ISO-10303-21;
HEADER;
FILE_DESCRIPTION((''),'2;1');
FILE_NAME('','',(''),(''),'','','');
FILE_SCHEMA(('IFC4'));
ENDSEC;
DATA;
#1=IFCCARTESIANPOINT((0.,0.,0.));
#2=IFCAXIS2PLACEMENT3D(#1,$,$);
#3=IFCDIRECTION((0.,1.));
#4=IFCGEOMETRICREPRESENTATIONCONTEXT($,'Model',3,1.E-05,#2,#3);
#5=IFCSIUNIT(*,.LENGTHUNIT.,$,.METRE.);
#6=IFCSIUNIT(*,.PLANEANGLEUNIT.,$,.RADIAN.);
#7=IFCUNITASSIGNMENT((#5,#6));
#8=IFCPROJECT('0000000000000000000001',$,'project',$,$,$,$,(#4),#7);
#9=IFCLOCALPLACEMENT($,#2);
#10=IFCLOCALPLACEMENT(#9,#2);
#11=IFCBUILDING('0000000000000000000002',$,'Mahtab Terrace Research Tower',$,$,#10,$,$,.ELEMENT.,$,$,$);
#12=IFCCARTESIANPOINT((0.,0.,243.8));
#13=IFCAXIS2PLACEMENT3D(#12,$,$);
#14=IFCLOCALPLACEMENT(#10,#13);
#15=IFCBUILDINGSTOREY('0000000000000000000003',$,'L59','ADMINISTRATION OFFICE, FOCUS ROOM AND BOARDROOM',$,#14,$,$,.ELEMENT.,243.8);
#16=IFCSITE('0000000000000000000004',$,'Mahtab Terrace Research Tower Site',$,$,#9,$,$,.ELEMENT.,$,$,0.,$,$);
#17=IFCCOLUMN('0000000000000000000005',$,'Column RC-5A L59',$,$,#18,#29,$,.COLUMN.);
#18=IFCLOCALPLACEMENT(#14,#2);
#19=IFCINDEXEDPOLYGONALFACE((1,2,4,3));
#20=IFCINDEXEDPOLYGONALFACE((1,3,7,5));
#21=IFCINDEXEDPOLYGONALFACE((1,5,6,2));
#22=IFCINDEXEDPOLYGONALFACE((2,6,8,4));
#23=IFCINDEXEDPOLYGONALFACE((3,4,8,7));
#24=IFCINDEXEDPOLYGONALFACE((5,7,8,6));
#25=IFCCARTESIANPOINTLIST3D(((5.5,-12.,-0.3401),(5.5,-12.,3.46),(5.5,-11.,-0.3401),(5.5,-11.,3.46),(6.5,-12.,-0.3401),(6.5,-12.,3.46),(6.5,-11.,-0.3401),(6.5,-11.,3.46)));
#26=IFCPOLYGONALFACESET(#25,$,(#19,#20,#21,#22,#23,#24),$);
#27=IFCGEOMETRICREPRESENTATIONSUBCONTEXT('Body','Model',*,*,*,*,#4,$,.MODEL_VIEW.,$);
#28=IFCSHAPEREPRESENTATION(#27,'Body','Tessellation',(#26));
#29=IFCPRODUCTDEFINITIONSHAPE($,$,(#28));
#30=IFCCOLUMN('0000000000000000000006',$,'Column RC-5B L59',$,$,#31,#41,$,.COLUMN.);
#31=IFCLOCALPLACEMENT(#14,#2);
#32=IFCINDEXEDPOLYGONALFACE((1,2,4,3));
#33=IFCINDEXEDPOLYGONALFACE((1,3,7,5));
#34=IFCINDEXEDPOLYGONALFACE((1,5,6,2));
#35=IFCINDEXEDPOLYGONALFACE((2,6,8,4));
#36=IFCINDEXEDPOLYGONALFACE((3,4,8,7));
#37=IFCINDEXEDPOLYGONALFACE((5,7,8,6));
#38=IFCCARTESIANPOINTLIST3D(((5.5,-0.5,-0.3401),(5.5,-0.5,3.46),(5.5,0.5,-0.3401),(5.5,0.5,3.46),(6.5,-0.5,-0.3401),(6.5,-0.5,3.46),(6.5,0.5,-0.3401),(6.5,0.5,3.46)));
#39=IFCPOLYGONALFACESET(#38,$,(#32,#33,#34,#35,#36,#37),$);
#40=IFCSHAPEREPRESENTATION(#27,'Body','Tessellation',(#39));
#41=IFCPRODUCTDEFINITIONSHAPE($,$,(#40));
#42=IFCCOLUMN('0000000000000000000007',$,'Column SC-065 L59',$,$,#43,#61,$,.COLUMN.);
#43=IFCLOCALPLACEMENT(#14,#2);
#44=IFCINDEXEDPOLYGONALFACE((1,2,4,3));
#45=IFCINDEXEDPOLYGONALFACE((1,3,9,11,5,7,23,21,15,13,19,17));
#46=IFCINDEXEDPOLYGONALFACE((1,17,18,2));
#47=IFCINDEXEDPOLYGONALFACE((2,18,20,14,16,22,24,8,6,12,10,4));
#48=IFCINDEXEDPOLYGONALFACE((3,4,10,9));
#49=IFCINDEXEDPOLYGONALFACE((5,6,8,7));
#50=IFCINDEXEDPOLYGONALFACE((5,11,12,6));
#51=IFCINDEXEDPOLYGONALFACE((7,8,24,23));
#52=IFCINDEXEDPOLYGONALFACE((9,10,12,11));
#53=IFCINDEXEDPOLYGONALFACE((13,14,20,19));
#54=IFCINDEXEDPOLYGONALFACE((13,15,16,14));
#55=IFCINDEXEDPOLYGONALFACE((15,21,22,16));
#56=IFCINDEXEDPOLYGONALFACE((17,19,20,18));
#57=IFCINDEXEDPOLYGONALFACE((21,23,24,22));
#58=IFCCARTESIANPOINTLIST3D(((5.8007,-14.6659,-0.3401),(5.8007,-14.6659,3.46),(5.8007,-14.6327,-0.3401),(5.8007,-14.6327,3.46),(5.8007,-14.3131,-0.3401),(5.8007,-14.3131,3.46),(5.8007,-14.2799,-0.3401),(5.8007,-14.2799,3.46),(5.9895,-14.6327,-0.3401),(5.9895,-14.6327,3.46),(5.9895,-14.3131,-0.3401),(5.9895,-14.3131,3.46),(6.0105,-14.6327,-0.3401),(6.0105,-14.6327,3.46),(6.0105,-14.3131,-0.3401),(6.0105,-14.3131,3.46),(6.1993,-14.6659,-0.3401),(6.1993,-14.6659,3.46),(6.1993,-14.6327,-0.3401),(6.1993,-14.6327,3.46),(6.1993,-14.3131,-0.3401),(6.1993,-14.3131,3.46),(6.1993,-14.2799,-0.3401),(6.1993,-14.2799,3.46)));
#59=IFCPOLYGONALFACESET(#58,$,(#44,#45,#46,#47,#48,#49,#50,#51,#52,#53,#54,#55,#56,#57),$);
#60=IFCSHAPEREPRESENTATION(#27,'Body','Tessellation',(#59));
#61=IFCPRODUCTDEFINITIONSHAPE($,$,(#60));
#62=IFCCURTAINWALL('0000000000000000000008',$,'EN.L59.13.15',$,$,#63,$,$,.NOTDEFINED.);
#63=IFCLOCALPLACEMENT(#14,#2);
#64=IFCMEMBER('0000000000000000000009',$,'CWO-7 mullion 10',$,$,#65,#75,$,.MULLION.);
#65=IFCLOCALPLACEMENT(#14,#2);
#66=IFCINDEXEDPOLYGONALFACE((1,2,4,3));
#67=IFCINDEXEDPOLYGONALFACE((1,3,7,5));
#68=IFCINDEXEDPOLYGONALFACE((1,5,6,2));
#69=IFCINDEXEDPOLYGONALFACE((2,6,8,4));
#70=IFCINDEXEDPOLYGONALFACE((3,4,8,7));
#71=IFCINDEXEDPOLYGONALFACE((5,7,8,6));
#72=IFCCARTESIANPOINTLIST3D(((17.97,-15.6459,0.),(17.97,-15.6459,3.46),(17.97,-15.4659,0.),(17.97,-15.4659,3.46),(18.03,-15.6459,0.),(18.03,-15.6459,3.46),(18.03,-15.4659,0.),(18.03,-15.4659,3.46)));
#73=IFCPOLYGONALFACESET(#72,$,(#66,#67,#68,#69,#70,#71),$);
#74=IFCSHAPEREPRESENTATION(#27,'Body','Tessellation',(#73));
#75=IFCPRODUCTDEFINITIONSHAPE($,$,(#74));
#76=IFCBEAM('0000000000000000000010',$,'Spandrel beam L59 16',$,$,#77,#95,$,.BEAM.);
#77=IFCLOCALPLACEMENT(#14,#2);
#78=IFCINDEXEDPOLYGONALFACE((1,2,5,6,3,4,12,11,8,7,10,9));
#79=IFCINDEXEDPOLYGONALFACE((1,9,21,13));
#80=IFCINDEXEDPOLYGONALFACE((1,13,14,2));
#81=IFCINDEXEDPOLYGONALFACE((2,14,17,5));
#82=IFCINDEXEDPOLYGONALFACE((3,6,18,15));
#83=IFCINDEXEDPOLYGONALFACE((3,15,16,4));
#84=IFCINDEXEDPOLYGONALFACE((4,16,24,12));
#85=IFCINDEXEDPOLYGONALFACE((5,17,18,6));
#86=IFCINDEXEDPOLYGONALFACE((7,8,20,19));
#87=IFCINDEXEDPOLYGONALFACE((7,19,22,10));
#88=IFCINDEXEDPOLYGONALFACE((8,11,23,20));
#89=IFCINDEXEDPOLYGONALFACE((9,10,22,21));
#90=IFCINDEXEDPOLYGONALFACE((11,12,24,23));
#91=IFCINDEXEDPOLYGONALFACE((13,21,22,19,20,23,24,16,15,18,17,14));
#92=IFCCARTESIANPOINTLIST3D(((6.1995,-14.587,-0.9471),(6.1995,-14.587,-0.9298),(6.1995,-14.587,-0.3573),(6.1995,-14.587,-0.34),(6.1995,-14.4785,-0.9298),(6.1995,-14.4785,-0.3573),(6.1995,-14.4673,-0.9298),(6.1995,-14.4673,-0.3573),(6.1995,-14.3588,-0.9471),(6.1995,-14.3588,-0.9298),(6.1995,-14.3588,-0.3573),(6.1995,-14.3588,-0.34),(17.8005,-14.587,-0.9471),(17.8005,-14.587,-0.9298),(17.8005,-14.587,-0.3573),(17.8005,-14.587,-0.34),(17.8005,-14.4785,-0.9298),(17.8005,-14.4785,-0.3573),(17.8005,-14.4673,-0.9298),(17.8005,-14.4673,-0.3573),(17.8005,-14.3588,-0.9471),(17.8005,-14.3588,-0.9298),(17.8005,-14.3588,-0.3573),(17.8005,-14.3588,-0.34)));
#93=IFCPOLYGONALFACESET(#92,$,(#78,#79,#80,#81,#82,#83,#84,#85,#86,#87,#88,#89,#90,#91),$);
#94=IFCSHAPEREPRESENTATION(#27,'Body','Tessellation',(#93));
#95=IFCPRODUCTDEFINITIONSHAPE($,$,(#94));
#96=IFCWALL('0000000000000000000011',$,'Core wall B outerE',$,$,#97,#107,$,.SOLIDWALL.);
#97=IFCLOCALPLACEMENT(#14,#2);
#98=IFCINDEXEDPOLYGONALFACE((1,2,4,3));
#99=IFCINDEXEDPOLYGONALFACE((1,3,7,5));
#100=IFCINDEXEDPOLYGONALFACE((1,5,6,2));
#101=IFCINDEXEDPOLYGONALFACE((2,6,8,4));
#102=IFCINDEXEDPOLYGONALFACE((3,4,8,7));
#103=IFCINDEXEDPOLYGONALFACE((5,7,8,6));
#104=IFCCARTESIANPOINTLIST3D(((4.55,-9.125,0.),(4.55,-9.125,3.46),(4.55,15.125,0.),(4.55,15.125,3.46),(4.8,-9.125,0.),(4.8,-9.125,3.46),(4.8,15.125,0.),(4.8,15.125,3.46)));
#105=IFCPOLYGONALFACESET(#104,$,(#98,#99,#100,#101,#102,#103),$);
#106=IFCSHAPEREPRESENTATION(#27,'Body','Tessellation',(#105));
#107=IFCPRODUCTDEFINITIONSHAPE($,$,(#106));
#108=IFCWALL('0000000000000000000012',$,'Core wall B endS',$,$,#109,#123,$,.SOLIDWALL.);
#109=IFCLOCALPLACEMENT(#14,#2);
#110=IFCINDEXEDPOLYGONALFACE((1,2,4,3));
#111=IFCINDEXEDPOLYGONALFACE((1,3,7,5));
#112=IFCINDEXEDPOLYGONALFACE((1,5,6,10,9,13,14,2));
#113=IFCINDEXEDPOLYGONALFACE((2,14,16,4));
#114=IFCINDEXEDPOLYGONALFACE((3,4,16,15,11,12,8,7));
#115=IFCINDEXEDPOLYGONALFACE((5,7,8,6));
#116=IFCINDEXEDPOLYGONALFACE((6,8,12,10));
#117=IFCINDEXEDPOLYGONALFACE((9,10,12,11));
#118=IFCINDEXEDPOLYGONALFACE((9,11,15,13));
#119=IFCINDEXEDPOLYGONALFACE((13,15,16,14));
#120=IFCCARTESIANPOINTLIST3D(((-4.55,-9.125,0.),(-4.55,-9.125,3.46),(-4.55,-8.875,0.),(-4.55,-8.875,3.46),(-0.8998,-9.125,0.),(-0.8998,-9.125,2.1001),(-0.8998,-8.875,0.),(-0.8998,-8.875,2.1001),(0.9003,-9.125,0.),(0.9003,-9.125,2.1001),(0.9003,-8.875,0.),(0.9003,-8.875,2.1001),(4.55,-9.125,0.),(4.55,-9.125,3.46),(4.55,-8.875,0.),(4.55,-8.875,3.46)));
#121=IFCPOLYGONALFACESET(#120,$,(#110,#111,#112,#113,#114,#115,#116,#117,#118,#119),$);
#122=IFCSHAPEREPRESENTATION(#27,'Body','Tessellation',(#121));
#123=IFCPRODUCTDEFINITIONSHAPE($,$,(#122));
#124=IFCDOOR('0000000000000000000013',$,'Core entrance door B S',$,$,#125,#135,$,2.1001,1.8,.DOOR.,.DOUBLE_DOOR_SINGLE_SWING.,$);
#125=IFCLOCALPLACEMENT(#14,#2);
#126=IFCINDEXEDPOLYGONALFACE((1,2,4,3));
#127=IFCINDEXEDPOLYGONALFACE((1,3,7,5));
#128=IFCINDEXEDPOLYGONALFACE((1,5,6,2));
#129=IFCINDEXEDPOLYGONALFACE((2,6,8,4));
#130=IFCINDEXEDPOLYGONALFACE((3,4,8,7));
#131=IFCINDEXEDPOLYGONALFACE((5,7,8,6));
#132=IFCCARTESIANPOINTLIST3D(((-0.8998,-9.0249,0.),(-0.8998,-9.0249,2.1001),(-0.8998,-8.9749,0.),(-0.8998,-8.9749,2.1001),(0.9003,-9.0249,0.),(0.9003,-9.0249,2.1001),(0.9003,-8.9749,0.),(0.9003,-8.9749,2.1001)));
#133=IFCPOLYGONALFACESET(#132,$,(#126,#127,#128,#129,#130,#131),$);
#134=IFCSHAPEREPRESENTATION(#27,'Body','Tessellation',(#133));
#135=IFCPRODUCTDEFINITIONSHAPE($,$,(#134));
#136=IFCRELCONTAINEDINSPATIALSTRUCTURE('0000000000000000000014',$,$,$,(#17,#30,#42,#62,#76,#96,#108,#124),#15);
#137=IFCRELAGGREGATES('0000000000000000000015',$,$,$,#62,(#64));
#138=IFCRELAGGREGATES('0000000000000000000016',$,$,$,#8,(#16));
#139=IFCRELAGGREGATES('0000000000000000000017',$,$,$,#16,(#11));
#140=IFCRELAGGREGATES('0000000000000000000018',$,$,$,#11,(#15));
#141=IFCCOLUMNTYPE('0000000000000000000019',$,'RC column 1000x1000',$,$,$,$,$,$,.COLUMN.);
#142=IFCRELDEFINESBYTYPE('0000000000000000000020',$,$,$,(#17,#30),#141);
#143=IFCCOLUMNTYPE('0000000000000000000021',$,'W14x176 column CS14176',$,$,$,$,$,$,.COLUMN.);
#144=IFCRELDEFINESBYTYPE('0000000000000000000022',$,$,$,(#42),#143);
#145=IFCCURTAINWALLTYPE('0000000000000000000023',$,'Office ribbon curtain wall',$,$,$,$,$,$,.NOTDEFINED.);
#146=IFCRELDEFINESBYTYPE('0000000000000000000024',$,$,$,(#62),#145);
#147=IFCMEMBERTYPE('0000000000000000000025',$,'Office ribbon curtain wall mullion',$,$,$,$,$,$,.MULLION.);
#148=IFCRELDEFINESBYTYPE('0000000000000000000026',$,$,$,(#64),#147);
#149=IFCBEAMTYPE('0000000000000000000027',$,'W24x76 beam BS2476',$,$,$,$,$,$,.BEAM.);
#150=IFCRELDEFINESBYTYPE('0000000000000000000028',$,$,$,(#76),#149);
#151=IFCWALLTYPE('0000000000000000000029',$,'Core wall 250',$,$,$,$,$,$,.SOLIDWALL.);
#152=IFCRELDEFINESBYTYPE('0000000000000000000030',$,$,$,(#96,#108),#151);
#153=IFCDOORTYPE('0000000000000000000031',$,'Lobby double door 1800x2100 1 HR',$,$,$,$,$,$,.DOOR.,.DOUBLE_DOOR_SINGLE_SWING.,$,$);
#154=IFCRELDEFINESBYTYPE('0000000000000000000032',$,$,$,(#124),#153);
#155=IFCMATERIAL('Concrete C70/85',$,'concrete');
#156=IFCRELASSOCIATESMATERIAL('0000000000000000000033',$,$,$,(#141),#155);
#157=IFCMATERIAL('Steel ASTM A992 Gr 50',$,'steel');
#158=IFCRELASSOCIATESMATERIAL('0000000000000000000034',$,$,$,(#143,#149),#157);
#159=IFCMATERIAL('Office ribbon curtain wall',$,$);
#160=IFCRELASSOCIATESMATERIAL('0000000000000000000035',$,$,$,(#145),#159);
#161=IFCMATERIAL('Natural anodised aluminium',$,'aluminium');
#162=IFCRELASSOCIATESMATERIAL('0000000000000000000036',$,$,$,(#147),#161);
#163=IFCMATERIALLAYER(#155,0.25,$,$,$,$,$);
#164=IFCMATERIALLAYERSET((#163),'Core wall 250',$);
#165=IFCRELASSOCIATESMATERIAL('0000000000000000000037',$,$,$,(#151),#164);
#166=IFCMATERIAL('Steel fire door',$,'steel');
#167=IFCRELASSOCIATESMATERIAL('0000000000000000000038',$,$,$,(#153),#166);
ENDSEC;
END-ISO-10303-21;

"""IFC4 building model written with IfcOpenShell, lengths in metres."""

from ifc_helpers import new_model, si_unit, direction, frame, frame_2d, origin, origin_2d, place, context, subcontext, project, spatial, rectangle, i_section, extrude, material, layer, layer_set, material_profile, profile_set, type_object, element, fill, aggregate, save


model = new_model("IFC4")

# Units and contexts
model_context = context("Model", 3, precision=1e-05, world=origin(), true_north=direction((0.0, 1.0)))
body_context = subcontext(model_context, "Body", "Model", "MODEL_VIEW")
ifc_project = project(units=[si_unit("LENGTHUNIT", "METRE"), si_unit("PLANEANGLEUNIT", "RADIAN")], contexts=[model_context])

# Site, building, storey
site_placement = place(None, origin())
site = spatial("IfcSite", under=ifc_project, at=site_placement, Name="Mahtab Terrace Research Tower Site", CompositionType="ELEMENT", RefElevation=0.0)
building_placement = place(site_placement, origin())
building = spatial("IfcBuilding", under=site, at=building_placement, Name="Mahtab Terrace Research Tower", CompositionType="ELEMENT")
storey_placement = place(building_placement, frame((0.0, 0.0, 243.8)))
storey = spatial("IfcBuildingStorey", under=building, at=storey_placement, Name="L59", Description="ADMINISTRATION OFFICE, FOCUS ROOM AND BOARDROOM", CompositionType="ELEMENT", Elevation=243.8)

# Columns
ifc_material_1 = material(Name="Concrete C70/85", Category="concrete")
ifc_material_profile_1 = material_profile(ifc_material_1, rectangle(XDim=1.0, YDim=1.0, at=origin_2d()), Name="RC column 1000x1000")
ifc_profile_set_1 = profile_set([ifc_material_profile_1], Name="Concrete C70/85")
column_type_1 = type_object("IfcColumnType", Name="RC column 1000x1000", PredefinedType="COLUMN", material=ifc_profile_set_1)
for number, where, z_axis, x_axis, name in (
    (1, (6.0, -11.5, -0.3401), (0.0, 0.0, 1.0), (1.0, 0.0, 0.0), "Column RC-5A L59"),
    (2, (6.0, 0.0, -0.3401), (0.0, 0.0, 1.0), (1.0, 0.0, 0.0), "Column RC-5B L59"),
):
    element("IfcColumn", number, at=place(storey_placement, frame(where, z_axis=z_axis, x_axis=x_axis)), inside=storey, type_object=column_type_1, Name=name, PredefinedType="COLUMN", context=body_context, shape_type="SweptSolid", body=[
        extrude(rectangle(XDim=1.0, YDim=1.0, at=origin_2d()), origin(), (0.0, 0.0, 1.0), 3.8),
    ])
ifc_material_2 = material(Name="Steel ASTM A992 Gr 50", Category="steel")
ifc_material_profile_2 = material_profile(ifc_material_2, i_section(OverallWidth=0.3987, OverallDepth=0.386, WebThickness=0.021, FlangeThickness=0.0332, at=origin_2d()), Name="W14X176")
ifc_profile_set_2 = profile_set([ifc_material_profile_2], Name="Steel ASTM A992 Gr 50")
column_type_2 = type_object("IfcColumnType", Name="W14x176 column CS14176", PredefinedType="COLUMN", material=ifc_profile_set_2)
column_placement = place(storey_placement, frame((6.0, -14.4729, -0.3401), z_axis=(0.0, 0.0, 1.0), x_axis=(1.0, 0.0, 0.0)))
element("IfcColumn", 3, at=column_placement, inside=storey, type_object=column_type_2, Name="Column SC-065 L59", PredefinedType="COLUMN", context=body_context, shape_type="SweptSolid", body=[
    extrude(i_section(OverallWidth=0.3987, OverallDepth=0.386, WebThickness=0.021, FlangeThickness=0.0332, at=origin_2d()), origin(), (0.0, 0.0, 1.0), 3.8),
])

# Curtain wall, member
ifc_material_3 = material(Name="Office ribbon curtain wall")
curtain_wall_type = type_object("IfcCurtainWallType", Name="Office ribbon curtain wall", PredefinedType="NOTDEFINED", material=ifc_material_3)
curtain_wall_placement = place(storey_placement, origin())
curtain_wall = element("IfcCurtainWall", 4, at=curtain_wall_placement, inside=storey, type_object=curtain_wall_type, Name="EN.L59.13.15", PredefinedType="NOTDEFINED")
ifc_material_4 = material(Name="Natural anodised aluminium", Category="aluminium")
ifc_material_profile_3 = material_profile(ifc_material_4, rectangle(XDim=0.1799, YDim=0.0601, at=origin_2d()), Name="MULLION 60x180")
ifc_profile_set_3 = profile_set([ifc_material_profile_3], Name="Natural anodised aluminium")
member_type = type_object("IfcMemberType", Name="Office ribbon curtain wall mullion", PredefinedType="MULLION", material=ifc_profile_set_3)
member_placement = place(storey_placement, frame((18.0, -15.5559, 0.0), z_axis=(0.0, 0.0, 1.0), x_axis=(0.0, 1.0, 0.0)))
member = element("IfcMember", 5, at=member_placement, type_object=member_type, Name="CWO-7 mullion 10", PredefinedType="MULLION", context=body_context, shape_type="SweptSolid", body=[
    extrude(rectangle(XDim=0.1799, YDim=0.0601, at=origin_2d()), origin(), (0.0, 0.0, 1.0), 3.46),
])
aggregate(curtain_wall, [member])

# Beam
ifc_material_profile_4 = material_profile(ifc_material_2, i_section(OverallWidth=0.2283, OverallDepth=0.6072, WebThickness=0.0112, FlangeThickness=0.0173, at=origin_2d()), Name="W24X76")
ifc_profile_set_4 = profile_set([ifc_material_profile_4], Name="Steel ASTM A992 Gr 50")
beam_type = type_object("IfcBeamType", Name="W24x76 beam BS2476", PredefinedType="BEAM", material=ifc_profile_set_4)
beam_placement = place(storey_placement, frame((6.1995, -14.4729, -0.6436), z_axis=(1.0, 0.0, 0.0), x_axis=(0.0, 1.0, 0.0)))
element("IfcBeam", 6, at=beam_placement, inside=storey, type_object=beam_type, Name="Spandrel beam L59 16", PredefinedType="BEAM", context=body_context, shape_type="SweptSolid", body=[
    extrude(i_section(OverallWidth=0.2283, OverallDepth=0.6072, WebThickness=0.0112, FlangeThickness=0.0173, at=origin_2d()), origin(), (0.0, 0.0, 1.0), 11.6011),
])

# Wall
ifc_layer_1 = layer(ifc_material_1, 0.25)
ifc_layer_set_1 = layer_set([ifc_layer_1], Name="Core wall 250")
wall_type_1 = type_object("IfcWallType", Name="Core wall 250", PredefinedType="SOLIDWALL", material=ifc_layer_set_1)
wall_1_placement = place(storey_placement, frame((4.675, -9.125, 0.0), z_axis=(0.0, 0.0, 1.0), x_axis=(0.0, 1.0, 0.0)))
element("IfcWall", 7, at=wall_1_placement, inside=storey, type_object=wall_type_1, Name="Core wall B outerE", PredefinedType="SOLIDWALL", context=body_context, shape_type="SweptSolid", body=[
    extrude(rectangle(XDim=24.25, YDim=0.25, at=frame_2d((12.125, 0.0))), origin(), (0.0, 0.0, 1.0), 3.46),
])

# Wall, opening, door
wall_2_placement = place(storey_placement, frame((4.55, -9.0, 0.0), z_axis=(0.0, 0.0, 1.0), x_axis=(-1.0, 0.0, 0.0)))
wall_2 = element("IfcWall", 8, at=wall_2_placement, inside=storey, type_object=wall_type_1, Name="Core wall B endS", PredefinedType="SOLIDWALL", context=body_context, shape_type="SweptSolid", body=[
    extrude(rectangle(XDim=9.1001, YDim=0.25, at=frame_2d((4.55, 0.0))), origin(), (0.0, 0.0, 1.0), 3.46),
])
opening_1_placement = place(wall_2_placement, frame((3.6499, 0.0, 0.0)))
opening_1 = element("IfcOpeningElement", 9, at=opening_1_placement, cuts=wall_2, PredefinedType="OPENING", context=body_context, shape_type="SweptSolid", body=[
    extrude(rectangle(XDim=1.8, YDim=2.1001, at=frame_2d((0.8999, 1.05))), frame((0.0, 0.135, 0.0), z_axis=(0.0, -1.0, 0.0), x_axis=(1.0, 0.0, 0.0)), (0.0, 0.0, 1.0), 0.27),
])
ifc_material_5 = material(Name="Steel fire door", Category="steel")
door_type_1 = type_object("IfcDoorType", Name="Lobby double door 1800x2100 1 HR", OperationType="DOUBLE_DOOR_SINGLE_SWING", PredefinedType="DOOR", material=ifc_material_5)
door_1_placement = place(opening_1_placement, origin())
door_1 = element("IfcDoor", 10, at=door_1_placement, inside=storey, type_object=door_type_1, Name="Core entrance door B S", OperationType="DOUBLE_DOOR_SINGLE_SWING", OverallHeight=2.1001, OverallWidth=1.8, PredefinedType="DOOR", context=body_context, shape_type="SweptSolid", body=[
    extrude(rectangle(XDim=1.8, YDim=2.1001, at=frame_2d((0.8999, 1.05))), frame((0.0, 0.0249, 0.0), z_axis=(0.0, -1.0, 0.0), x_axis=(1.0, 0.0, 0.0)), (0.0, 0.0, 1.0), 0.05),
])
fill(opening_1, door_1)

save(model, "model.ifc")
